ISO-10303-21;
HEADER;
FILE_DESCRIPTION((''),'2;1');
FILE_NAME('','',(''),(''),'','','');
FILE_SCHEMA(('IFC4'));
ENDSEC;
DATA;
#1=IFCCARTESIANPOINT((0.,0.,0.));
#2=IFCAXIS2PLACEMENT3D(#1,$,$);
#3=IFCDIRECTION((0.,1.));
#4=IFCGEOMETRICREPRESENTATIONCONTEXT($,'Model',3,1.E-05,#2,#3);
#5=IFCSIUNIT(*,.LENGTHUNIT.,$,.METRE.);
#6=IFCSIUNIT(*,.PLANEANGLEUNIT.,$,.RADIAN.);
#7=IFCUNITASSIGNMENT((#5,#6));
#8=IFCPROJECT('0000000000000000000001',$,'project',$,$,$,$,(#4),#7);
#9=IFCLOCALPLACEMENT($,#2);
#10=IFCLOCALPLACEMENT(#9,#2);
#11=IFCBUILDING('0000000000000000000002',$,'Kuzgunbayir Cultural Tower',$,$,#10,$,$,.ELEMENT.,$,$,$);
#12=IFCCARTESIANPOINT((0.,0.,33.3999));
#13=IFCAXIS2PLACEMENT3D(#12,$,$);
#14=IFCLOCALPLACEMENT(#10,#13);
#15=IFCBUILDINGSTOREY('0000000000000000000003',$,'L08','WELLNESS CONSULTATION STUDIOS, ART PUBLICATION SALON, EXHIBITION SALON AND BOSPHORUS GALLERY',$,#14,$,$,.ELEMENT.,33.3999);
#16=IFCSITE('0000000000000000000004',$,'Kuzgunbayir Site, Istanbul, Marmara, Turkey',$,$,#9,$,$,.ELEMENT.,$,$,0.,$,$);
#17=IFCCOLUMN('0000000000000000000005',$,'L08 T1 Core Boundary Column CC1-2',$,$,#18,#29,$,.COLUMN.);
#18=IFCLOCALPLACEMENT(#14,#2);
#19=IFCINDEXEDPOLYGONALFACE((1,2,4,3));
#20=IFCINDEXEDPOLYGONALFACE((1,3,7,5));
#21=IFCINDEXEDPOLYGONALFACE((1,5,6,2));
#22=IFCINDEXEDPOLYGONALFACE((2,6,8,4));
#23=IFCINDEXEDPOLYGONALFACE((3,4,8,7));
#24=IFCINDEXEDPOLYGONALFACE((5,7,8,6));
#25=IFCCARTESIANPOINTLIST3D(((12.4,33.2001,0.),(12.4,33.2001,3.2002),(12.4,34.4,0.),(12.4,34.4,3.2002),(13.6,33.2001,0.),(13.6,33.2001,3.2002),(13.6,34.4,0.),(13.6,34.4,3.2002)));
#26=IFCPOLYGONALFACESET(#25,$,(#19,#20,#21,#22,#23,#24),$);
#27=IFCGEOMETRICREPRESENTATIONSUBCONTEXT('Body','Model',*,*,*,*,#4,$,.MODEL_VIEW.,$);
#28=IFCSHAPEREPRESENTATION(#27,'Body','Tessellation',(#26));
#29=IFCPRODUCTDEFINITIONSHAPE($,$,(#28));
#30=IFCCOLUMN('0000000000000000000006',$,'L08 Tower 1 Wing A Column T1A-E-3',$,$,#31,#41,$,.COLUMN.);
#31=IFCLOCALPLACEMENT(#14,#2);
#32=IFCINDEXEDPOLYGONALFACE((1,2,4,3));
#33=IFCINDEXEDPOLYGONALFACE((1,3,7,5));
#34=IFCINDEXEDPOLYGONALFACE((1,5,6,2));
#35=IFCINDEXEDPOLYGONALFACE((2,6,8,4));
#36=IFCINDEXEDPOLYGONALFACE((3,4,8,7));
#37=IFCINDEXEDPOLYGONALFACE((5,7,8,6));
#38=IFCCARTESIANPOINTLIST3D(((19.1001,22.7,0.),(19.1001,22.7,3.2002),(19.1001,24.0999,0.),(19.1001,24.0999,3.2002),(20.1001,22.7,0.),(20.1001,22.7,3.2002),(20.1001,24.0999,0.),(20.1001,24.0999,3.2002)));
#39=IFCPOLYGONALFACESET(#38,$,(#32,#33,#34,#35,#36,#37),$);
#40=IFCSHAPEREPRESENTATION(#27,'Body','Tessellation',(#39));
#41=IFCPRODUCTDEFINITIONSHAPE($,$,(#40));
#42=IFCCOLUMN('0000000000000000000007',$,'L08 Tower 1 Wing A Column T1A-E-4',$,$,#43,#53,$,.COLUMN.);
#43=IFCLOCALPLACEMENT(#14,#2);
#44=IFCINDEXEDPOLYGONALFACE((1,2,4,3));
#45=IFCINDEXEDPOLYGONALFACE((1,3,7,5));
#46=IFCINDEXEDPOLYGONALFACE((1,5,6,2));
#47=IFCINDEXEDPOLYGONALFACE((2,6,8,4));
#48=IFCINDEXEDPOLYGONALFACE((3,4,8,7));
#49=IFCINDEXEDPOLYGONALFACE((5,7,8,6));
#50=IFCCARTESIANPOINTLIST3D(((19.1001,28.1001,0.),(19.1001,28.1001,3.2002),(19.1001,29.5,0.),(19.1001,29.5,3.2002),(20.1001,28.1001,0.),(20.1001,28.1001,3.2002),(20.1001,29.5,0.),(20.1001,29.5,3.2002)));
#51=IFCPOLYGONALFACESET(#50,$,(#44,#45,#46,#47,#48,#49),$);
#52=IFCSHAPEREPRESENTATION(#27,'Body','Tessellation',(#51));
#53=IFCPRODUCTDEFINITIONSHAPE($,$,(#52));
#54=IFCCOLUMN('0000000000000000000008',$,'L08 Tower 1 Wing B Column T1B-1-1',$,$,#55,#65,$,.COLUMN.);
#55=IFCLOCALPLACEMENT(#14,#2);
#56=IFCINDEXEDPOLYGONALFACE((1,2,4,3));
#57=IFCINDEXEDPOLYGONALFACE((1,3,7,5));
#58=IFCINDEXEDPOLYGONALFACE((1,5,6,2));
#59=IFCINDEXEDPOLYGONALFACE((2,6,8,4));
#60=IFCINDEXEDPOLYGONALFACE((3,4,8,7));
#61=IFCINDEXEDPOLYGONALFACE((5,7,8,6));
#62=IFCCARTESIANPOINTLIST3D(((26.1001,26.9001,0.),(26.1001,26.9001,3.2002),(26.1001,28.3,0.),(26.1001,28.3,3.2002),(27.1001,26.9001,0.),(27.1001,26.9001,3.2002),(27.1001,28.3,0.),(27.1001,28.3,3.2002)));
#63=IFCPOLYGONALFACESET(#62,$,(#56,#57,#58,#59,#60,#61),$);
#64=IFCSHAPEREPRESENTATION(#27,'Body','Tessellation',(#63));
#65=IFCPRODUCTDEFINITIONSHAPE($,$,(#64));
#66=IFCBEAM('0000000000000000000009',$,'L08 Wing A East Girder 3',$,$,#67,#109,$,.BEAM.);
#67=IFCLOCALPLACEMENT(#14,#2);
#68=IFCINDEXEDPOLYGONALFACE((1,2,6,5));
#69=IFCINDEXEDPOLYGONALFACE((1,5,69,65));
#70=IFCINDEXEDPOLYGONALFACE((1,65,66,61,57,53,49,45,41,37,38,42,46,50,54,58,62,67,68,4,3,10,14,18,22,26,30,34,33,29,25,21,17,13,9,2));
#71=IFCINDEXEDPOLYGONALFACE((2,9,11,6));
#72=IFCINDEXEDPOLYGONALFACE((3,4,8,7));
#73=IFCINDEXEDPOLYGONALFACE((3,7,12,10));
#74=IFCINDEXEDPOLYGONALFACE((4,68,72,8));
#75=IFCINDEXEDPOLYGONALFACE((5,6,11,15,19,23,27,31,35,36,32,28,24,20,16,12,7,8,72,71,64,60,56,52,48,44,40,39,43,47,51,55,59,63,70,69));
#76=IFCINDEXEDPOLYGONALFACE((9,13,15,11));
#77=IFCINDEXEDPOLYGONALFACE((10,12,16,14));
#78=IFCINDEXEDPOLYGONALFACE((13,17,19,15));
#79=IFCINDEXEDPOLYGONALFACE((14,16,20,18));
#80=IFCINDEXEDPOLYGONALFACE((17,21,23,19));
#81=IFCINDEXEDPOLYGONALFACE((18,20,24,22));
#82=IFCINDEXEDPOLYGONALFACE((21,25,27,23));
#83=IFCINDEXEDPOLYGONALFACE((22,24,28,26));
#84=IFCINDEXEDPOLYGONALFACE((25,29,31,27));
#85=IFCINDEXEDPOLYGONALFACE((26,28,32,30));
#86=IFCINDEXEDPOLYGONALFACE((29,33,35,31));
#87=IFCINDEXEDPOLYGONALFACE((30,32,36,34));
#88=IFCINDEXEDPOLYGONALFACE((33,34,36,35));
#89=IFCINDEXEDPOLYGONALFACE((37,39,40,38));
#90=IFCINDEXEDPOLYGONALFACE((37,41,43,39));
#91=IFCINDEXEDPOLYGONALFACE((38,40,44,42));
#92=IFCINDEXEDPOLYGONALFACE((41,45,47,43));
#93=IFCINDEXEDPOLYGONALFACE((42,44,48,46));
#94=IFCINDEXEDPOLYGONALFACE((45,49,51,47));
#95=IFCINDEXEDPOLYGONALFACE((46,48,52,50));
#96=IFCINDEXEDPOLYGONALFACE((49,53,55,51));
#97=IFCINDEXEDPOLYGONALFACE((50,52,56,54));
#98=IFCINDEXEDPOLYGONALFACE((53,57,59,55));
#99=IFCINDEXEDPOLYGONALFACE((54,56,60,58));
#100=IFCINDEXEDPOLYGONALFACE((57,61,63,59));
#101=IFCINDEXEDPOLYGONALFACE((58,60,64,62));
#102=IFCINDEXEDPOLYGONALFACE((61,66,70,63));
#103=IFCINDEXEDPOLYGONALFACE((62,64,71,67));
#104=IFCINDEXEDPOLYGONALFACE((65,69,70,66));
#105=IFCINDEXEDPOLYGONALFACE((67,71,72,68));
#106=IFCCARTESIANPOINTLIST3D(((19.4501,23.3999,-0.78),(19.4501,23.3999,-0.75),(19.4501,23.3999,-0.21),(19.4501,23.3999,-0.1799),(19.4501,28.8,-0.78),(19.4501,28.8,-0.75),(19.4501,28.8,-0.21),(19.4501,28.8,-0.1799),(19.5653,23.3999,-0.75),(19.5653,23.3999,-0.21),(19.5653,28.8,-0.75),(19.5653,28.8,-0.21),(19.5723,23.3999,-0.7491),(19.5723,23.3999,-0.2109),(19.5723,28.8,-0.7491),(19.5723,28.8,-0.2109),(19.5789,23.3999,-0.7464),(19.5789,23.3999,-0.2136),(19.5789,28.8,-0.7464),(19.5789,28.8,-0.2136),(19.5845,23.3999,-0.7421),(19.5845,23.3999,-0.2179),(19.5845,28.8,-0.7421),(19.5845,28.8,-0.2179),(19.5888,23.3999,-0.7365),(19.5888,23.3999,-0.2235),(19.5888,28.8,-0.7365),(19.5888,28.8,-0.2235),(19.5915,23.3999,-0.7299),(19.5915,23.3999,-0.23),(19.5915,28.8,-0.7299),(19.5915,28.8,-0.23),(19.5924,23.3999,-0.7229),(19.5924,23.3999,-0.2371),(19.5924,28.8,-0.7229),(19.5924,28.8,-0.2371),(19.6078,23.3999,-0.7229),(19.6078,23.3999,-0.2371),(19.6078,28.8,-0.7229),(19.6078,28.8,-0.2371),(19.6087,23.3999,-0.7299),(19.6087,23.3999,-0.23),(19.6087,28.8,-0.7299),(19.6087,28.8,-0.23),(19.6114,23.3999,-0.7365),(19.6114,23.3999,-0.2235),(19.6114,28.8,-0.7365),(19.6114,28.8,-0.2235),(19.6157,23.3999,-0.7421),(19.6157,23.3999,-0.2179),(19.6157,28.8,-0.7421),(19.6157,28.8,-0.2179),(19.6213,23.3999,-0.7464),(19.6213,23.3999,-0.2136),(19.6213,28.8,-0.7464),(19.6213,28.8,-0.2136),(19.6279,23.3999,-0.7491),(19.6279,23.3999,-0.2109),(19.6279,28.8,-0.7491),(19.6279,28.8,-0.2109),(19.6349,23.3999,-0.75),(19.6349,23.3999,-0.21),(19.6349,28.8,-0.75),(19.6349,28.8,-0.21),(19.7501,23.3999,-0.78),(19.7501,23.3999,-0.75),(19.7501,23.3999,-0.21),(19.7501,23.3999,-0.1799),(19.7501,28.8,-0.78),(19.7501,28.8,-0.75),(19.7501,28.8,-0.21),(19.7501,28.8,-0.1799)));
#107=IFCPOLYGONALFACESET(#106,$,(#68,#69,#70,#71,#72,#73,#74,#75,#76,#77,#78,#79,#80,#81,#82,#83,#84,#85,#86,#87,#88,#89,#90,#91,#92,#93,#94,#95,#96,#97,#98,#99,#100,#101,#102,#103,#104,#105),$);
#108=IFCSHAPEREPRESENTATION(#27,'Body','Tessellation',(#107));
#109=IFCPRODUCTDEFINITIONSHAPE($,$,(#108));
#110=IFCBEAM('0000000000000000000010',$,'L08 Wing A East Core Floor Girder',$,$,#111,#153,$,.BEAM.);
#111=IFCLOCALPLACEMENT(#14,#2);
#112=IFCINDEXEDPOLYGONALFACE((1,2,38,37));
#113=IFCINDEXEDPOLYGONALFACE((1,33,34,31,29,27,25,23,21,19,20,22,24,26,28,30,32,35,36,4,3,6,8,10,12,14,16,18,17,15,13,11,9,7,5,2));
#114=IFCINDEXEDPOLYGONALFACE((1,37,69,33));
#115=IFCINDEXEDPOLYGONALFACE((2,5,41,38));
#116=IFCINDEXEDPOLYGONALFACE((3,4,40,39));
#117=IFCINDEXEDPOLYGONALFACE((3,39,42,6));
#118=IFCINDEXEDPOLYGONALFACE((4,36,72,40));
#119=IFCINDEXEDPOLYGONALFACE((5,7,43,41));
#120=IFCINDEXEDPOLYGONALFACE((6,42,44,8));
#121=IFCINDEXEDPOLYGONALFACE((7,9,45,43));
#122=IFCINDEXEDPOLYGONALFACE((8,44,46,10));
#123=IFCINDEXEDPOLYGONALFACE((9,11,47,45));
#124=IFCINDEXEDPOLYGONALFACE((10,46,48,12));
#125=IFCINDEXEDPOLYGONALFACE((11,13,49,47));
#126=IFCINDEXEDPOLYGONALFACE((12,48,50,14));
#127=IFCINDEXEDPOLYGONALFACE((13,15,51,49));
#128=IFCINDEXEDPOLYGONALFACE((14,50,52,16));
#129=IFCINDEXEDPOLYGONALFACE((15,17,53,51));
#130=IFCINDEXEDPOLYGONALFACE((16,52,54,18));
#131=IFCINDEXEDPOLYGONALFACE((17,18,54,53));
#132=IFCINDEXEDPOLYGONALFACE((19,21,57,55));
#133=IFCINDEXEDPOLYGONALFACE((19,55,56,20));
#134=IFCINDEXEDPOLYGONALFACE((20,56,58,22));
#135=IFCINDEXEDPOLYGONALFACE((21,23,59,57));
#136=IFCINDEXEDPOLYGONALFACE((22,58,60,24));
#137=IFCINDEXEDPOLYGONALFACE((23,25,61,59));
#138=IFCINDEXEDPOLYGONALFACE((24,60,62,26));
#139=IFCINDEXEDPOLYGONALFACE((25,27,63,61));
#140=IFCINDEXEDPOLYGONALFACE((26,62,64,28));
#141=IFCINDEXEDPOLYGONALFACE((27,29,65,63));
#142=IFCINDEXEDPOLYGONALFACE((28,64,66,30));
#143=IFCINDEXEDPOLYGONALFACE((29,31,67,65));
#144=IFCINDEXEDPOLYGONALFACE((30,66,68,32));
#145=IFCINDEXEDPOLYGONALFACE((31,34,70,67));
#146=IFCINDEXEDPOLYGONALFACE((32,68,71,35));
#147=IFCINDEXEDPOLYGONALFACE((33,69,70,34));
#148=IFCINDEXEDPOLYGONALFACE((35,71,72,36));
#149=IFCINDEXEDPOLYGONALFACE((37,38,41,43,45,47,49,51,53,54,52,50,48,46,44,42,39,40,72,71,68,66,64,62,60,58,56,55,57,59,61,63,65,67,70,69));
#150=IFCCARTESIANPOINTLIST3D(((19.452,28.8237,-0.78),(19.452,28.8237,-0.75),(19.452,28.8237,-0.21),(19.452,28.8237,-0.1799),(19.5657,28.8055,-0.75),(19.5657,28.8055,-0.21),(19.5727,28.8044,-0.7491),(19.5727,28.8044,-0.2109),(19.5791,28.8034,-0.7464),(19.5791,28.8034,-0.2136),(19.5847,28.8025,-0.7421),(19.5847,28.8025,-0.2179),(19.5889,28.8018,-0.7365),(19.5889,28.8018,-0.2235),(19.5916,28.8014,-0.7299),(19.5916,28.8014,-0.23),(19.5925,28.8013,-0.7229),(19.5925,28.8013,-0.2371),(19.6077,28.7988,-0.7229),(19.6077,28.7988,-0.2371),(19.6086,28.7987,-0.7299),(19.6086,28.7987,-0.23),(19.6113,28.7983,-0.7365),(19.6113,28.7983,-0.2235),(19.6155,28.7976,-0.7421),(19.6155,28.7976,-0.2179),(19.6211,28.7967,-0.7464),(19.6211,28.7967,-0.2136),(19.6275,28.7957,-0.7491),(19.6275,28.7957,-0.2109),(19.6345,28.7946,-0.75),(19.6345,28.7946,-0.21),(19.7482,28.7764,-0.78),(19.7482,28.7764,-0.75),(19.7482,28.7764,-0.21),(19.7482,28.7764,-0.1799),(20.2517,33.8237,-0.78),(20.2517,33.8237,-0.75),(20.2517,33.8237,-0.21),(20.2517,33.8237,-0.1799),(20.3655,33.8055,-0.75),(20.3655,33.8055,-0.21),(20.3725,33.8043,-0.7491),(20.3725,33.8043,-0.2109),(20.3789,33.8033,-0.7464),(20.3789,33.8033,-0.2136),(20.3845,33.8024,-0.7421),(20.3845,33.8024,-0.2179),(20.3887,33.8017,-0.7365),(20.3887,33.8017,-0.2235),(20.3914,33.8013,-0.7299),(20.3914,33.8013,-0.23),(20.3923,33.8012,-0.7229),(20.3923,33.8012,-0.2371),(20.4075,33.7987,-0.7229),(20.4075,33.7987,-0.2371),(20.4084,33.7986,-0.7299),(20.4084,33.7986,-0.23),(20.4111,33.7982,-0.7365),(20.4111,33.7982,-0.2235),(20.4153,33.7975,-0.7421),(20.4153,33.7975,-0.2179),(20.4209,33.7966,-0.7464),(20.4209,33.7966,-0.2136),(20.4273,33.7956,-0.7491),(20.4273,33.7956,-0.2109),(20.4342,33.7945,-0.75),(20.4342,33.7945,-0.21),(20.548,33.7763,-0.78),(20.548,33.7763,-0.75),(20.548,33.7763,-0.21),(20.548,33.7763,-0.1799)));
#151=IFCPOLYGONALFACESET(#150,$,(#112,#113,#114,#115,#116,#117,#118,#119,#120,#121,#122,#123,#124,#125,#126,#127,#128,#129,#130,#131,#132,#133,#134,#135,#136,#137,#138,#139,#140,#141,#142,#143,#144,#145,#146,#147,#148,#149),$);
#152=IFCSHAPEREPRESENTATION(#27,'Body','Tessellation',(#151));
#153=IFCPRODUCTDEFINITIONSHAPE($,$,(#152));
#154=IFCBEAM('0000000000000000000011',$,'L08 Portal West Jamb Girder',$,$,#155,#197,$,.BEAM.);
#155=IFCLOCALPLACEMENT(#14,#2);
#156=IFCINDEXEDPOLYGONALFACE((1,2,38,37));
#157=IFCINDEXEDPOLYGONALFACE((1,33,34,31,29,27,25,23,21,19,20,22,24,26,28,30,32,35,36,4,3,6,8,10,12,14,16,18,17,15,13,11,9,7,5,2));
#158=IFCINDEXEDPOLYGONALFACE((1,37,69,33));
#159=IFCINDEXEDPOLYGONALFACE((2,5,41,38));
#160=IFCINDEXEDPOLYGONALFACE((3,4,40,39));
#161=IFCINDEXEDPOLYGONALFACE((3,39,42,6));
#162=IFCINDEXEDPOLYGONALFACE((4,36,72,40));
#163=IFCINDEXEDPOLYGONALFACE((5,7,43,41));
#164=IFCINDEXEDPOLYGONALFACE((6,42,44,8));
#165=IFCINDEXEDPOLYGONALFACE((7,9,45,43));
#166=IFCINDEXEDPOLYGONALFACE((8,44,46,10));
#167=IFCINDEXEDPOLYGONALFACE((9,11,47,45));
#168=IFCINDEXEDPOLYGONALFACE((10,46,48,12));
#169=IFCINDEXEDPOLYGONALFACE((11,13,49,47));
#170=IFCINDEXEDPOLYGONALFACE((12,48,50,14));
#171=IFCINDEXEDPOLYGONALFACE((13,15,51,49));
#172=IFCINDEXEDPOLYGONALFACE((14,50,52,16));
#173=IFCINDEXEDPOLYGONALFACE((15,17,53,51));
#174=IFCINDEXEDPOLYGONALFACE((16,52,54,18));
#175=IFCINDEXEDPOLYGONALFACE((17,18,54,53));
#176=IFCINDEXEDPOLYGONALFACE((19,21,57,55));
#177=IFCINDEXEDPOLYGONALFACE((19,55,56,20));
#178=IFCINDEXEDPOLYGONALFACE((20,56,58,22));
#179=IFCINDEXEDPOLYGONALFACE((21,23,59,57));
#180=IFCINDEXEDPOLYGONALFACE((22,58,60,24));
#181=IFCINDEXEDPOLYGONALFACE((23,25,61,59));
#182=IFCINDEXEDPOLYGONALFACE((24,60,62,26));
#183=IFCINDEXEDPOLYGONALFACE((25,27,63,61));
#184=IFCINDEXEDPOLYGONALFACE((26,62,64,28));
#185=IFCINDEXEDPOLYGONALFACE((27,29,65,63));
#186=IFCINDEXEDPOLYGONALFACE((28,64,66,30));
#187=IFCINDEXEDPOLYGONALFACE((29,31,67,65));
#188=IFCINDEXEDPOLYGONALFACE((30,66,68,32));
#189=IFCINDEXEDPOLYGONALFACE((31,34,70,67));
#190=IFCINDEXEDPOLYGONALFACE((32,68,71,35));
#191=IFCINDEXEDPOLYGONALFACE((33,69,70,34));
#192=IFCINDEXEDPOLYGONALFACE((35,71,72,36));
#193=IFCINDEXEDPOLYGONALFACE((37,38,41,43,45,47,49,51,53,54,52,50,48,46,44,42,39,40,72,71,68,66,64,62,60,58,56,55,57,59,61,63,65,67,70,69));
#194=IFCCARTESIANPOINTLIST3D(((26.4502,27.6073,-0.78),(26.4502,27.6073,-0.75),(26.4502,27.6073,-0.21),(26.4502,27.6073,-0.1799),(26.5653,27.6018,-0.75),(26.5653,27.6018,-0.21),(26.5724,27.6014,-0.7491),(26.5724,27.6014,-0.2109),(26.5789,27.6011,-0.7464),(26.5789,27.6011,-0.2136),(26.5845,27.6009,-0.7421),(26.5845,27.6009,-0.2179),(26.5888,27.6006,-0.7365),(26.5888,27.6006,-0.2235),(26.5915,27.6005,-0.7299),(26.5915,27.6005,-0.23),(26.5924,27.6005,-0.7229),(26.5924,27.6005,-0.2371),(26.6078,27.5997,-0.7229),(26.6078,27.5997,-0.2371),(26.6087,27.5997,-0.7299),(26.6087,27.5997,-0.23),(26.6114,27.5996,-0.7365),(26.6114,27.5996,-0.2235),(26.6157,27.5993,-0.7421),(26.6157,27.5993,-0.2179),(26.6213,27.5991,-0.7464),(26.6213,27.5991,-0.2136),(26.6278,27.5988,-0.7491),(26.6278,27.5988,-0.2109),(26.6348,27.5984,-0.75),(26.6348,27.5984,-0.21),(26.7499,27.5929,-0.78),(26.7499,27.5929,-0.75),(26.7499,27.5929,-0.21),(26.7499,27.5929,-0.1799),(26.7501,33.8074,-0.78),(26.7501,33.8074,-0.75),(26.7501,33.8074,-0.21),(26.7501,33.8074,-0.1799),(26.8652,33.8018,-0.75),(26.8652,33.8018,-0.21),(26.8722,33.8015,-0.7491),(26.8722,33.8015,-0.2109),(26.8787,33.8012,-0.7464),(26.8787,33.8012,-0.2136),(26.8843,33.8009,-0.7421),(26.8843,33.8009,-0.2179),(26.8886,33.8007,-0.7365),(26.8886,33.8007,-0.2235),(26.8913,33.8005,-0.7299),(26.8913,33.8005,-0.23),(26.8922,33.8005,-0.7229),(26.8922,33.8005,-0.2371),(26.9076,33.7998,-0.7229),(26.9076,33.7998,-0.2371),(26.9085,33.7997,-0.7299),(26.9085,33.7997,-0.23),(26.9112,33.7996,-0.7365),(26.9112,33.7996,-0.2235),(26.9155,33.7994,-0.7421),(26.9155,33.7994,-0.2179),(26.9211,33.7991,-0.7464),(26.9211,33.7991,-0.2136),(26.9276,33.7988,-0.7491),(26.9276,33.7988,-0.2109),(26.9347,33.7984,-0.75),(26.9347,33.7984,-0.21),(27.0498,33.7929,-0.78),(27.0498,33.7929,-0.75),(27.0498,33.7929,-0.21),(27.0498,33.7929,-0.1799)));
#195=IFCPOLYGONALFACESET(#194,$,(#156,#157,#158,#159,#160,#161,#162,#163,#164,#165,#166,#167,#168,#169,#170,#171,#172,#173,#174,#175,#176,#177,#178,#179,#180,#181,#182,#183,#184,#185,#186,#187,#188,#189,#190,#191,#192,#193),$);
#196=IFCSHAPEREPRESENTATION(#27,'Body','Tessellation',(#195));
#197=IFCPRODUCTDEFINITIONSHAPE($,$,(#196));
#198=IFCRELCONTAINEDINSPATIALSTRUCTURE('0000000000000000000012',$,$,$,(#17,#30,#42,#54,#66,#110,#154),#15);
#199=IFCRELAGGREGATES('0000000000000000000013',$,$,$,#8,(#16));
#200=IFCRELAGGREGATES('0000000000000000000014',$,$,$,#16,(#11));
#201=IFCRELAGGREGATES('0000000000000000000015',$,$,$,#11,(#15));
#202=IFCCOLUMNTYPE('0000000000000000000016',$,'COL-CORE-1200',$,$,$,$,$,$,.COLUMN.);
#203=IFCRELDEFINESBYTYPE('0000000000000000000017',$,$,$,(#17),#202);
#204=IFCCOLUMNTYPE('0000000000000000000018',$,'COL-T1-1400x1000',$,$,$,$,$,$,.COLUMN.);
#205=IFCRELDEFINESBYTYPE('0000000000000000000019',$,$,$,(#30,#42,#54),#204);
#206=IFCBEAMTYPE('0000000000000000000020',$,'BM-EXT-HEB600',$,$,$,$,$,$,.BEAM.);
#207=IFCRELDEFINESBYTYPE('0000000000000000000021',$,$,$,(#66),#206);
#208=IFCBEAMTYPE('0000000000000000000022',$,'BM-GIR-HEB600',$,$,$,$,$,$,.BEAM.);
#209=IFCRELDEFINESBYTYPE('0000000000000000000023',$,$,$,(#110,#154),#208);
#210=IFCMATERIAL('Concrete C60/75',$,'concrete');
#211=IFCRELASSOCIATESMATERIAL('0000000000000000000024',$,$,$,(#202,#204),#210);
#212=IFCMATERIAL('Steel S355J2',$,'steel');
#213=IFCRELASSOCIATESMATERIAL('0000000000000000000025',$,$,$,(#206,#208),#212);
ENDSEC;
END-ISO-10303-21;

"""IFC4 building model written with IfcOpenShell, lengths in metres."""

from ifc_helpers import new_model, si_unit, direction, frame, origin, origin_2d, place, context, subcontext, project, spatial, rectangle, i_section, extrude, material, material_profile, profile_set, type_object, element, save


model = new_model("IFC4")

# Units and contexts
model_context = context("Model", 3, precision=1e-05, world=origin(), true_north=direction((0.0, 1.0)))
body_context = subcontext(model_context, "Body", "Model", "MODEL_VIEW")
ifc_project = project(units=[si_unit("LENGTHUNIT", "METRE"), si_unit("PLANEANGLEUNIT", "RADIAN")], contexts=[model_context])

# Site, building, storey
site_placement = place(None, origin())
site = spatial("IfcSite", under=ifc_project, at=site_placement, Name="Kuzgunbayir Site, Istanbul, Marmara, Turkey", CompositionType="ELEMENT", RefElevation=0.0)
building_placement = place(site_placement, origin())
building = spatial("IfcBuilding", under=site, at=building_placement, Name="Kuzgunbayir Cultural Tower", CompositionType="ELEMENT")
storey_placement = place(building_placement, frame((0.0, 0.0, 33.3999)))
storey = spatial("IfcBuildingStorey", under=building, at=storey_placement, Name="L08", Description="WELLNESS CONSULTATION STUDIOS, ART PUBLICATION SALON, EXHIBITION SALON AND BOSPHORUS GALLERY", CompositionType="ELEMENT", Elevation=33.3999)

# Columns
ifc_material_1 = material(Name="Concrete C60/75", Category="concrete")
ifc_material_profile_1 = material_profile(ifc_material_1, rectangle(XDim=1.2, YDim=1.2, at=origin_2d()), Name="RC 1200x1200")
ifc_profile_set_1 = profile_set([ifc_material_profile_1], Name="Concrete C60/75")
column_type_1 = type_object("IfcColumnType", Name="COL-CORE-1200", PredefinedType="COLUMN", material=ifc_profile_set_1)
column_placement = place(storey_placement, frame((13.0, 33.8, 0.0), z_axis=(0.0, 0.0, 1.0), x_axis=(1.0, 0.0, 0.0)))
element("IfcColumn", 1, at=column_placement, inside=storey, type_object=column_type_1, Name="L08 T1 Core Boundary Column CC1-2", PredefinedType="COLUMN", context=body_context, shape_type="SweptSolid", body=[
    extrude(rectangle(XDim=1.2, YDim=1.2, at=origin_2d()), origin(), (0.0, 0.0, 1.0), 3.2002),
])
ifc_material_profile_2 = material_profile(ifc_material_1, rectangle(XDim=1.0, YDim=1.3999, at=origin_2d()), Name="RC 1400x1000")
ifc_profile_set_2 = profile_set([ifc_material_profile_2], Name="Concrete C60/75")
column_type_2 = type_object("IfcColumnType", Name="COL-T1-1400x1000", PredefinedType="COLUMN", material=ifc_profile_set_2)
for number, where, z_axis, x_axis, name in (
    (2, (19.6001, 23.3999, 0.0), (0.0, 0.0, 1.0), (1.0, 0.0, 0.0), "L08 Tower 1 Wing A Column T1A-E-3"),
    (3, (19.6001, 28.8, 0.0), (0.0, 0.0, 1.0), (1.0, 0.0, 0.0), "L08 Tower 1 Wing A Column T1A-E-4"),
    (4, (26.6001, 27.6001, 0.0), (0.0, 0.0, 1.0), (1.0, 0.0, 0.0), "L08 Tower 1 Wing B Column T1B-1-1"),
):
    element("IfcColumn", number, at=place(storey_placement, frame(where, z_axis=z_axis, x_axis=x_axis)), inside=storey, type_object=column_type_2, Name=name, PredefinedType="COLUMN", context=body_context, shape_type="SweptSolid", body=[
        extrude(rectangle(XDim=1.0, YDim=1.3999, at=origin_2d()), origin(), (0.0, 0.0, 1.0), 3.2002),
    ])

# Beams
ifc_material_2 = material(Name="Steel S355J2", Category="steel")
ifc_material_profile_3 = material_profile(ifc_material_2, i_section(OverallWidth=0.3, OverallDepth=0.6001, WebThickness=0.0154, FlangeThickness=0.03, FilletRadius=0.0271, at=origin_2d()), Name="HEB 600")
ifc_profile_set_3 = profile_set([ifc_material_profile_3], Name="Steel S355J2")
beam_type_1 = type_object("IfcBeamType", Name="BM-EXT-HEB600", PredefinedType="BEAM", material=ifc_profile_set_3)
beam_1_placement = place(storey_placement, frame((19.6001, 23.3999, -0.48), z_axis=(0.0, 1.0, 0.0), x_axis=(-1.0, 0.0, 0.0)))
element("IfcBeam", 5, at=beam_1_placement, inside=storey, type_object=beam_type_1, Name="L08 Wing A East Girder 3", PredefinedType="BEAM", context=body_context, shape_type="SweptSolid", body=[
    extrude(i_section(OverallWidth=0.3, OverallDepth=0.6001, WebThickness=0.0154, FlangeThickness=0.03, FilletRadius=0.0271, at=origin_2d()), origin(), (0.0, 0.0, 1.0), 5.4001),
])
ifc_material_profile_4 = material_profile(ifc_material_2, i_section(OverallWidth=0.3, OverallDepth=0.6001, WebThickness=0.0154, FlangeThickness=0.03, FilletRadius=0.0271, at=origin_2d()), Name="HEB 600")
ifc_profile_set_4 = profile_set([ifc_material_profile_4], Name="Steel S355J2")
beam_type_2 = type_object("IfcBeamType", Name="BM-GIR-HEB600", PredefinedType="BEAM", material=ifc_profile_set_4)
beam_2_placement = place(storey_placement, frame((19.6001, 28.8, -0.48), z_axis=(0.157953, 0.987447, 0.0), x_axis=(-0.987447, 0.157953, 0.0)))
element("IfcBeam", 6, at=beam_2_placement, inside=storey, type_object=beam_type_2, Name="L08 Wing A East Core Floor Girder", PredefinedType="BEAM", context=body_context, shape_type="SweptSolid", body=[
    extrude(i_section(OverallWidth=0.3, OverallDepth=0.6001, WebThickness=0.0154, FlangeThickness=0.03, FilletRadius=0.0271, at=origin_2d()), origin(), (0.0, 0.0, 1.0), 5.0635),
])
beam_3_placement = place(storey_placement, frame((26.6001, 27.6001, -0.48), z_axis=(0.0483, 0.998833, 0.0), x_axis=(-0.998833, 0.0483, 0.0)))
element("IfcBeam", 7, at=beam_3_placement, inside=storey, type_object=beam_type_2, Name="L08 Portal West Jamb Girder", PredefinedType="BEAM", context=body_context, shape_type="SweptSolid", body=[
    extrude(i_section(OverallWidth=0.3, OverallDepth=0.6001, WebThickness=0.0154, FlangeThickness=0.03, FilletRadius=0.0271, at=origin_2d()), origin(), (0.0, 0.0, 1.0), 6.2073),
])

save(model, "model.ifc")
